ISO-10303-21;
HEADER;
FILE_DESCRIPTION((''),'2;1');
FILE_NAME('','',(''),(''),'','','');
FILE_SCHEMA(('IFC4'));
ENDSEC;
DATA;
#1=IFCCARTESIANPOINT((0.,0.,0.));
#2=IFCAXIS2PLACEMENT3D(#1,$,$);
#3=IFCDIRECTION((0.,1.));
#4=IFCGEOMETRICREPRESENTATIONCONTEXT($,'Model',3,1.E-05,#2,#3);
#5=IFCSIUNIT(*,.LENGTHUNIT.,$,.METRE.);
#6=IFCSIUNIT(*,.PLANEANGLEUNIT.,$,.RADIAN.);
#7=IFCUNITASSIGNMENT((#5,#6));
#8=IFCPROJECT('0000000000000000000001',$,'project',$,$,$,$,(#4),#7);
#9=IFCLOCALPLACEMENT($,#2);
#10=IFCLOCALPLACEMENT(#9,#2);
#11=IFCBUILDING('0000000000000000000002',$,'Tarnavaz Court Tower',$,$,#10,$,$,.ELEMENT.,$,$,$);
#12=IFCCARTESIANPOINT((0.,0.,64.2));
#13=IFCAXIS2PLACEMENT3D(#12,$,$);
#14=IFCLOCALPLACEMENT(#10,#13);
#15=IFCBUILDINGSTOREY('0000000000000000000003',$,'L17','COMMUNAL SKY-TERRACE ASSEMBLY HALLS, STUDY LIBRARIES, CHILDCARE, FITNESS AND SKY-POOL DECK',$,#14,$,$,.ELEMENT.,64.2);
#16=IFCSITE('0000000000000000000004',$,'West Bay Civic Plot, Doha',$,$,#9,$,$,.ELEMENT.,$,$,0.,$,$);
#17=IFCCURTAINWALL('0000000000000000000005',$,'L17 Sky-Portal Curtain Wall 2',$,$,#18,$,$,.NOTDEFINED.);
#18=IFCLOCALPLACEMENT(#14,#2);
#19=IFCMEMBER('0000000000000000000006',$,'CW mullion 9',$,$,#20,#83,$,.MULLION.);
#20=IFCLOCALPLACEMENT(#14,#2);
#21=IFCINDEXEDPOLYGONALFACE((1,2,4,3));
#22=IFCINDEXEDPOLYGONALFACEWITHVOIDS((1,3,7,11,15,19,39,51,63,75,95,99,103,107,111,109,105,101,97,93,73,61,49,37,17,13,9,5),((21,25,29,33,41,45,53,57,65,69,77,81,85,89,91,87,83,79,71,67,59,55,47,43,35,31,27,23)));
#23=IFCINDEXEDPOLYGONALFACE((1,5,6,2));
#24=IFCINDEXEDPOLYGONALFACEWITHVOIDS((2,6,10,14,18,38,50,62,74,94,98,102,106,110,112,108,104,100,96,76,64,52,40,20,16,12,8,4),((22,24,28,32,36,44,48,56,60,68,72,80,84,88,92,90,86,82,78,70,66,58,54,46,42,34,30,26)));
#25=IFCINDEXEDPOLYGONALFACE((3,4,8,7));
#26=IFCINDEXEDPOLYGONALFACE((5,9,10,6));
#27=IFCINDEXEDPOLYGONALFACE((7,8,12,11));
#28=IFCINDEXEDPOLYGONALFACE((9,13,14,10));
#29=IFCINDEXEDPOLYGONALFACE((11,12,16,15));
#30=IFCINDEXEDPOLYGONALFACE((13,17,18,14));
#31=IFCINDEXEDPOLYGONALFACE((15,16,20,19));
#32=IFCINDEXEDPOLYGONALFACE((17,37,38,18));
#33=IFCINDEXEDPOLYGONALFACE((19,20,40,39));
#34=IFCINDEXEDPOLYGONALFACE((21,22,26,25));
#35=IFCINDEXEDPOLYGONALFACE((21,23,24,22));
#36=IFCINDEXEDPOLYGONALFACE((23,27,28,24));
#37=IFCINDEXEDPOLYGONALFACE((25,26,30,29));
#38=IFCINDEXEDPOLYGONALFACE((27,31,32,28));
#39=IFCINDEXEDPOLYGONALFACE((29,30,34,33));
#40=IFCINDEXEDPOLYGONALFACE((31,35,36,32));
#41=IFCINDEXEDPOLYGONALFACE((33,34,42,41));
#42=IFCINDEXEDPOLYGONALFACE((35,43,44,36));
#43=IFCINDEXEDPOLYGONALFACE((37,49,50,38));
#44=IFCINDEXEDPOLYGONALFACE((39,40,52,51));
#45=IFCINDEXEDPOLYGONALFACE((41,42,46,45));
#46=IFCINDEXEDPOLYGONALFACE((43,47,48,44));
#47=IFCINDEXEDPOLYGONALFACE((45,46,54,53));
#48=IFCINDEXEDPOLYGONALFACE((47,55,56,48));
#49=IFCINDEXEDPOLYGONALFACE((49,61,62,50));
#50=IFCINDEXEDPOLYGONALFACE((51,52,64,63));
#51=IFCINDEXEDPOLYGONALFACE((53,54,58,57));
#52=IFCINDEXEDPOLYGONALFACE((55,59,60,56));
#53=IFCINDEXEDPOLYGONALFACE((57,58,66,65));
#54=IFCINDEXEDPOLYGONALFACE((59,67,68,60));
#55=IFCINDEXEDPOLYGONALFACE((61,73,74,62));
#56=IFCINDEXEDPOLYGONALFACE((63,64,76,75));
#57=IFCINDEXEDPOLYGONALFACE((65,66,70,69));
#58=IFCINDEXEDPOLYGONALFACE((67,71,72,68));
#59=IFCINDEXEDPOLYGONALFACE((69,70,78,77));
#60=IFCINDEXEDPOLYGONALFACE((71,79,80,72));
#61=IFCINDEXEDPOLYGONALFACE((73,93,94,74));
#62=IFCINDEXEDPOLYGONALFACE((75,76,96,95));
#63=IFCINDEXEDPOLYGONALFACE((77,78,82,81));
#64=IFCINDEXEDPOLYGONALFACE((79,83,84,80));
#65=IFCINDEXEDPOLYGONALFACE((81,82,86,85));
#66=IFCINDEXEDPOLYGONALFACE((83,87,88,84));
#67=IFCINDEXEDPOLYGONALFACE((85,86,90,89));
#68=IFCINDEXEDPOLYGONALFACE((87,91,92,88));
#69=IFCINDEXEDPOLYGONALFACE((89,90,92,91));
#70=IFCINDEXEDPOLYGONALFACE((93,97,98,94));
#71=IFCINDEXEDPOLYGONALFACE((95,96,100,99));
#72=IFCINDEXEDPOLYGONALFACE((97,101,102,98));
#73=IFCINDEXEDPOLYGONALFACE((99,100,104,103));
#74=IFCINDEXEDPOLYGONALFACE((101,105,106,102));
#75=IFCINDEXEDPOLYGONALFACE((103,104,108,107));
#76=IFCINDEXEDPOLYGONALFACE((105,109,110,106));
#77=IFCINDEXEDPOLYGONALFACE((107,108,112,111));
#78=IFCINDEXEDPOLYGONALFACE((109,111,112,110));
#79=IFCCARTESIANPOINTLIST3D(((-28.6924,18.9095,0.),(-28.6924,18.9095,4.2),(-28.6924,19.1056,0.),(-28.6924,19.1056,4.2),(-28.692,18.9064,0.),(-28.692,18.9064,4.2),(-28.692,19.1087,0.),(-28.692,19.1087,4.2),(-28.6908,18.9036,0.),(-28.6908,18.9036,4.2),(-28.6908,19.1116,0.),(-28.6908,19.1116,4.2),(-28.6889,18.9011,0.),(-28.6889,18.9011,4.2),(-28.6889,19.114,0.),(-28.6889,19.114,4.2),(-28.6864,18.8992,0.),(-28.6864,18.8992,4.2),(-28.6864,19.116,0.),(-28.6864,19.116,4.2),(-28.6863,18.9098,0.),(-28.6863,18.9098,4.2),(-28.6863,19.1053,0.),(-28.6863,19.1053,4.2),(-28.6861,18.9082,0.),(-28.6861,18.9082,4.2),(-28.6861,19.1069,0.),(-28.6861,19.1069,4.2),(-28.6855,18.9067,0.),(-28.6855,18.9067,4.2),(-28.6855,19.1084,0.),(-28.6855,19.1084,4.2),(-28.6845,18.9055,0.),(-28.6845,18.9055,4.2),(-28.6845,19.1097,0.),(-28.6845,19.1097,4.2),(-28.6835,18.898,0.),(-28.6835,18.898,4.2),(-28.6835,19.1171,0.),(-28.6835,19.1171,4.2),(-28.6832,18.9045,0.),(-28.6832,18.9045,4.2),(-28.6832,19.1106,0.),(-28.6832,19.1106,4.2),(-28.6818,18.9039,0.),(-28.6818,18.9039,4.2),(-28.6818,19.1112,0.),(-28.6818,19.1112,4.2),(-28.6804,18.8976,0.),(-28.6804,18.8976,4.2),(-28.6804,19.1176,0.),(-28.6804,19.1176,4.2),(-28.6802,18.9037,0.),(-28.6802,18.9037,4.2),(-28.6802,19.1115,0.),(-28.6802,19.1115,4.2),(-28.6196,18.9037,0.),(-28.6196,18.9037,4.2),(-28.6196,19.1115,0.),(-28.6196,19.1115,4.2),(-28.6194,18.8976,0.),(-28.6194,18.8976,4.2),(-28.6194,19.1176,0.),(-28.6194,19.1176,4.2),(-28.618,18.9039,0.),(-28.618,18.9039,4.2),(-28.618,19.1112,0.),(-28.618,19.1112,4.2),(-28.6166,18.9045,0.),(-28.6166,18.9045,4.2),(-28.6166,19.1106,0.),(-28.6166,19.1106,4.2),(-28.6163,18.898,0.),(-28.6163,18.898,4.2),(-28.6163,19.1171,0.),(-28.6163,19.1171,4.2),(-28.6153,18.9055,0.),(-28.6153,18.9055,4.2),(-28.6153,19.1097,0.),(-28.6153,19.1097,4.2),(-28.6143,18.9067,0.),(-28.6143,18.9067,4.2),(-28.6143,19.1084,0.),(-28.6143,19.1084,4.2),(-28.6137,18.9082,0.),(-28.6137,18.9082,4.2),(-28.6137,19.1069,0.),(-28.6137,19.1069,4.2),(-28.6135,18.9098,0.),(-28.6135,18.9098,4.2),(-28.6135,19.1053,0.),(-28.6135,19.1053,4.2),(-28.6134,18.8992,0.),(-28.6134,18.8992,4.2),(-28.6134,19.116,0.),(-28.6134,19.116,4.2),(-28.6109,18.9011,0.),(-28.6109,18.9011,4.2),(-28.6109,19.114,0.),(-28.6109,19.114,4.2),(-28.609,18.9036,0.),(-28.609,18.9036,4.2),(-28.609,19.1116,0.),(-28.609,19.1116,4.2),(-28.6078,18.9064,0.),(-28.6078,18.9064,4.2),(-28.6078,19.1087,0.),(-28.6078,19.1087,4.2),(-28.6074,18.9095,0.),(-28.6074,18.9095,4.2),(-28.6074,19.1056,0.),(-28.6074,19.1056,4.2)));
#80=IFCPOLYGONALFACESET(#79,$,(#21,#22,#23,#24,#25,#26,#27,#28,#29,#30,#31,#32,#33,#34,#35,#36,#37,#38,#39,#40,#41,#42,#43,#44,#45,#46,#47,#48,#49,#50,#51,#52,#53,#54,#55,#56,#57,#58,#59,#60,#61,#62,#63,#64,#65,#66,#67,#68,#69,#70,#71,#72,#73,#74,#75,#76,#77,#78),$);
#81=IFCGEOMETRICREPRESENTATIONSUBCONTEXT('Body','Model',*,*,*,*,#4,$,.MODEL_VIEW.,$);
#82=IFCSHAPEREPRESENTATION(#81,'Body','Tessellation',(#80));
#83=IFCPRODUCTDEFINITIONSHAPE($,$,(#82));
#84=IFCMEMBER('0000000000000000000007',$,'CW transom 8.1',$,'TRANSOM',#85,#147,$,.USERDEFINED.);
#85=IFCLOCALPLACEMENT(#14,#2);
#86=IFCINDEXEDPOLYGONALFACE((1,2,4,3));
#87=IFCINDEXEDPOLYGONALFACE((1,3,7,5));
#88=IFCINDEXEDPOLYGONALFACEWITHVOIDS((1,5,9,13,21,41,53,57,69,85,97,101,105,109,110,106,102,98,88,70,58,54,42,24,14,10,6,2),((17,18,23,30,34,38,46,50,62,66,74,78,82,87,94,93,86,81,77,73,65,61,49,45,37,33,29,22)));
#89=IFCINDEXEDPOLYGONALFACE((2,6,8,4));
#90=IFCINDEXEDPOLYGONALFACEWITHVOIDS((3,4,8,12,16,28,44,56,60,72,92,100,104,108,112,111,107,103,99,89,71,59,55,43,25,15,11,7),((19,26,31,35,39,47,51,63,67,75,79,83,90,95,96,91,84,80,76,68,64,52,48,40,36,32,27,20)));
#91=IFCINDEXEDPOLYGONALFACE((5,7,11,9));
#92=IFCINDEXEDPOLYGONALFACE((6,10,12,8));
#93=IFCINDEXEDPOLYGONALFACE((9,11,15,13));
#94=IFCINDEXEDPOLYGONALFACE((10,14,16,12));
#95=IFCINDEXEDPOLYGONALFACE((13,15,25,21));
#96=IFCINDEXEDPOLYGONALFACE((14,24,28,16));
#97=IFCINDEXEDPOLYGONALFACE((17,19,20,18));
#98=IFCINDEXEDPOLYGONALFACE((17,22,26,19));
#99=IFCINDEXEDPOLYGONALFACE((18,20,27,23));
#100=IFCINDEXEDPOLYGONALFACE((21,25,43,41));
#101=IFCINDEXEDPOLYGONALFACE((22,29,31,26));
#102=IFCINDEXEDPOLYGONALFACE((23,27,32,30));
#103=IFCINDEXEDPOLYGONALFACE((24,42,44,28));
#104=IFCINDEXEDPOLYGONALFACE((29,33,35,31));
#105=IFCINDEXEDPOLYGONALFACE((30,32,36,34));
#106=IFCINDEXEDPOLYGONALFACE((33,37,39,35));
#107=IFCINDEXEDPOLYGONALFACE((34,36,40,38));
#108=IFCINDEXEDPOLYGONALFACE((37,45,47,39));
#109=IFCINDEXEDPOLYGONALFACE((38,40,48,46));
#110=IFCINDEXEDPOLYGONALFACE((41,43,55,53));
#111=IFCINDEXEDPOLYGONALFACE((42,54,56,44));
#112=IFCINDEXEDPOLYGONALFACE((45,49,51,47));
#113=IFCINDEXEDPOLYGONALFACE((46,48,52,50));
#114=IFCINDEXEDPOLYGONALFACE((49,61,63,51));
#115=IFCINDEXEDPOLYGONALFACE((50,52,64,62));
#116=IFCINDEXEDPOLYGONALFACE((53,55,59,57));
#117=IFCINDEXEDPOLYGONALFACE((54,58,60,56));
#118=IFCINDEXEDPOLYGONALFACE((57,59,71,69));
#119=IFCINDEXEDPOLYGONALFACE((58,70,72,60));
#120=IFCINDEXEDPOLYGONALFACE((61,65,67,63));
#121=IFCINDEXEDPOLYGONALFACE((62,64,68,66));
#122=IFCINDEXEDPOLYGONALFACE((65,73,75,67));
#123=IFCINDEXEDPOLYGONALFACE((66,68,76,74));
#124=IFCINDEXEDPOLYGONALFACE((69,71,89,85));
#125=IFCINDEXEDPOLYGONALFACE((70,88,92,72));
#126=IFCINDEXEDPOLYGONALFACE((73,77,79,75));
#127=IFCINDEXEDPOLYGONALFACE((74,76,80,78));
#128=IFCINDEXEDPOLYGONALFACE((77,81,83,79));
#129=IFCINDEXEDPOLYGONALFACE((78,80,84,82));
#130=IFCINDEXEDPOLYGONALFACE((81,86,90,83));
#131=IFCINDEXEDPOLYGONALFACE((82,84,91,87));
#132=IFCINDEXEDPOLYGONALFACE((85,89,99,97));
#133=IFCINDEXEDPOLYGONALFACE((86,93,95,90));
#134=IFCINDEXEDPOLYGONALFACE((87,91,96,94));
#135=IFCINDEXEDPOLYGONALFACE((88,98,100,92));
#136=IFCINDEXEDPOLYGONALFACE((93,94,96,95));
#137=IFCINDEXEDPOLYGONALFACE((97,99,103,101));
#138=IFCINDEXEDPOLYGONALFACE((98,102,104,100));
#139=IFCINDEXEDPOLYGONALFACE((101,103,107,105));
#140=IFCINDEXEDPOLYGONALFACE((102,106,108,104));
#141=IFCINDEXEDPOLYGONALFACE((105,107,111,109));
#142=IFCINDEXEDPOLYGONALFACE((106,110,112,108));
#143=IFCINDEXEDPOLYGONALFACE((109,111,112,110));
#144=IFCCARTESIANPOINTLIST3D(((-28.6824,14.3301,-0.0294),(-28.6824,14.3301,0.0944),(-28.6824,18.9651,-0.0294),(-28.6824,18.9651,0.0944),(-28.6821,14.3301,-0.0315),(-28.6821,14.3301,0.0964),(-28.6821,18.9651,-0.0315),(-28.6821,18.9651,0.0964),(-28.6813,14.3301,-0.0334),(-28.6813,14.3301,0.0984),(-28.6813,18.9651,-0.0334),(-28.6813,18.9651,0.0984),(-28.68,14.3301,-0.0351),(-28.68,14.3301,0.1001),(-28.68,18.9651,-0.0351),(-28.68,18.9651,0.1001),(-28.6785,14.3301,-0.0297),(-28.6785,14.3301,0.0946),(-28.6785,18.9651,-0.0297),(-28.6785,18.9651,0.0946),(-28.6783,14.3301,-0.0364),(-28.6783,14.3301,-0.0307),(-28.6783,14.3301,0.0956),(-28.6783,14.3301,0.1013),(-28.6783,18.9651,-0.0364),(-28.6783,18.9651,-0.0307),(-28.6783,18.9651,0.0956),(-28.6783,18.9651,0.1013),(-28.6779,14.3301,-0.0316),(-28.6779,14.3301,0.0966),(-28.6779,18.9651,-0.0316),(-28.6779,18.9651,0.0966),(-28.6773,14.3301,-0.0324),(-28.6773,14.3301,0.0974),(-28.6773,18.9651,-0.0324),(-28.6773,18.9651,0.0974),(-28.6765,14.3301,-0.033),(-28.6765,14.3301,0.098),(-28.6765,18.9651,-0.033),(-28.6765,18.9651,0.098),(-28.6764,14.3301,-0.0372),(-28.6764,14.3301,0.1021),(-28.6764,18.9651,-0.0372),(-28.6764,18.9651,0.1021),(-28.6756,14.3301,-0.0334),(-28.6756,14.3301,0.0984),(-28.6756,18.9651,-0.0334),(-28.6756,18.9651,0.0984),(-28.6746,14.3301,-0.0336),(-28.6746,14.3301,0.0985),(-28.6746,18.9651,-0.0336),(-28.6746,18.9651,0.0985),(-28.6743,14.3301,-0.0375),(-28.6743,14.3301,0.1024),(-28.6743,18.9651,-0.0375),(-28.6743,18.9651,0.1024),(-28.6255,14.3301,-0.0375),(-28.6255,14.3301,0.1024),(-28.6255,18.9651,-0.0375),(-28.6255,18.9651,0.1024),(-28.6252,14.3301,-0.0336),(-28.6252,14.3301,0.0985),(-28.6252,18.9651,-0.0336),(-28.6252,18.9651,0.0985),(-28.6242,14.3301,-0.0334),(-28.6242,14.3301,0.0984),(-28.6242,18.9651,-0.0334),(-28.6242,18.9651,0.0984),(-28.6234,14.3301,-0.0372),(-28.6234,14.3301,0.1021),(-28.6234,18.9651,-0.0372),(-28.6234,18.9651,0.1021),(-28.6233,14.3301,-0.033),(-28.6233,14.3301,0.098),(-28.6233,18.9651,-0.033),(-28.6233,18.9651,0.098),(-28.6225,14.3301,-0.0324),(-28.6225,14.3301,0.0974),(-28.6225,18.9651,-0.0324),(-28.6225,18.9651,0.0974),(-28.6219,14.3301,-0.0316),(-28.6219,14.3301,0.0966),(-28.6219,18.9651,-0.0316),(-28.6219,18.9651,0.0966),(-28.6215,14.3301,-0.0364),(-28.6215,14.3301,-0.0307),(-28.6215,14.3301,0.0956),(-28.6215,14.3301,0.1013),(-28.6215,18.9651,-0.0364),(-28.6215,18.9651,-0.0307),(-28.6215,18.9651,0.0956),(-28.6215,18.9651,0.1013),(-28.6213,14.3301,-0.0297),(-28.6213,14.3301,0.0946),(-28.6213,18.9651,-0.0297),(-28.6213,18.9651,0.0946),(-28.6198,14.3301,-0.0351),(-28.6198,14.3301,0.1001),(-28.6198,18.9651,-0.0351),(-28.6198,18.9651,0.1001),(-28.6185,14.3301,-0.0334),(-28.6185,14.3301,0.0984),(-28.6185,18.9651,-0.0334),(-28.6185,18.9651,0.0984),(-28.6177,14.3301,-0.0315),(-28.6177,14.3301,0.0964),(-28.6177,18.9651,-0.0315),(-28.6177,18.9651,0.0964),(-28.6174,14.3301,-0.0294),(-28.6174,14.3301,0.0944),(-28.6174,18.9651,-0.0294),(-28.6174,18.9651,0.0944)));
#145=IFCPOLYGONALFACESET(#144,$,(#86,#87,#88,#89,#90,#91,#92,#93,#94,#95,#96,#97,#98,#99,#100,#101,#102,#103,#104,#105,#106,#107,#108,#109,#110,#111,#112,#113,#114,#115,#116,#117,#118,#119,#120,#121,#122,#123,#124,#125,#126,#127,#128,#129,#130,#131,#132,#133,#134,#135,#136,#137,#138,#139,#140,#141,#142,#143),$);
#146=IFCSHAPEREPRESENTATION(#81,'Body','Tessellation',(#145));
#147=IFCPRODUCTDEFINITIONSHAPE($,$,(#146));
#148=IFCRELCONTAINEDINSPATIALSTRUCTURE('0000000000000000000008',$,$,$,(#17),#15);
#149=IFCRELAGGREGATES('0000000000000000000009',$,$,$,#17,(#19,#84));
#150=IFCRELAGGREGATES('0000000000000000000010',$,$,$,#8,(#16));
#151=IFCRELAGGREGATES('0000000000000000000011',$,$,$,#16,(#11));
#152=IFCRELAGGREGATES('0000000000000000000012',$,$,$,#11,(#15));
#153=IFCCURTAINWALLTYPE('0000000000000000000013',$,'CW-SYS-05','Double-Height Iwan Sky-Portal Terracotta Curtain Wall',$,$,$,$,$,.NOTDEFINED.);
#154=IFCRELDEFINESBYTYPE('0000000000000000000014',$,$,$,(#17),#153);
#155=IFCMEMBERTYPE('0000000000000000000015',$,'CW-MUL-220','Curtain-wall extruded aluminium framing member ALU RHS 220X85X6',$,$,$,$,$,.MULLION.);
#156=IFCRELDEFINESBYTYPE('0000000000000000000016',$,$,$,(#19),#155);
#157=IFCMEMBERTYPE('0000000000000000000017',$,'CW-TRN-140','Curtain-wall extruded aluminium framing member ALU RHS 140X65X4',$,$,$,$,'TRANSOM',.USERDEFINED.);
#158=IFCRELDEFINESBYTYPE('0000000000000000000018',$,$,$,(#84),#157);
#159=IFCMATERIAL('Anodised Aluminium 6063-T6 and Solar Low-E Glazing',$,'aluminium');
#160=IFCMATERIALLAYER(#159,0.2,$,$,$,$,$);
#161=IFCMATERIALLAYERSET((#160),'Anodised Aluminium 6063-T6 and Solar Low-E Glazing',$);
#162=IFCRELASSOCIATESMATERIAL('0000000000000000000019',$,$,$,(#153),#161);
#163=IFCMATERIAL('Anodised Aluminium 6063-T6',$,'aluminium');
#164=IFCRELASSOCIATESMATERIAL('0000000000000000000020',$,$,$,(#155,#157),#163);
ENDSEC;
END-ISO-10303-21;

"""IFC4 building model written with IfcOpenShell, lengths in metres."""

from ifc_helpers import new_model, si_unit, direction, frame, origin, origin_2d, place, context, subcontext, project, spatial, hollow_rectangle, extrude, material, layer, layer_set, material_profile, profile_set, type_object, element, aggregate, save


model = new_model("IFC4")

# Units and contexts
model_context = context("Model", 3, precision=1e-05, world=origin(), true_north=direction((0.0, 1.0)))
body_context = subcontext(model_context, "Body", "Model", "MODEL_VIEW")
ifc_project = project(units=[si_unit("LENGTHUNIT", "METRE"), si_unit("PLANEANGLEUNIT", "RADIAN")], contexts=[model_context])

# Site, building, storey
site_placement = place(None, origin())
site = spatial("IfcSite", under=ifc_project, at=site_placement, Name="West Bay Civic Plot, Doha", CompositionType="ELEMENT", RefElevation=0.0)
building_placement = place(site_placement, origin())
building = spatial("IfcBuilding", under=site, at=building_placement, Name="Tarnavaz Court Tower", CompositionType="ELEMENT")
storey_placement = place(building_placement, frame((0.0, 0.0, 64.2)))
storey = spatial("IfcBuildingStorey", under=building, at=storey_placement, Name="L17", Description="COMMUNAL SKY-TERRACE ASSEMBLY HALLS, STUDY LIBRARIES, CHILDCARE, FITNESS AND SKY-POOL DECK", CompositionType="ELEMENT", Elevation=64.2)

# Curtain wall, members
ifc_material_1 = material(Name="Anodised Aluminium 6063-T6 and Solar Low-E Glazing", Category="aluminium")
ifc_layer_1 = layer(ifc_material_1, 0.2)
ifc_layer_set_1 = layer_set([ifc_layer_1], Name="Anodised Aluminium 6063-T6 and Solar Low-E Glazing")
curtain_wall_type = type_object("IfcCurtainWallType", Name="CW-SYS-05", Description="Double-Height Iwan Sky-Portal Terracotta Curtain Wall", PredefinedType="NOTDEFINED", material=ifc_layer_set_1)
curtain_wall_placement = place(storey_placement, origin())
curtain_wall = element("IfcCurtainWall", 1, at=curtain_wall_placement, inside=storey, type_object=curtain_wall_type, Name="L17 Sky-Portal Curtain Wall 2", PredefinedType="NOTDEFINED")
ifc_material_2 = material(Name="Anodised Aluminium 6063-T6", Category="aluminium")
ifc_material_profile_1 = material_profile(ifc_material_2, hollow_rectangle(XDim=0.085, YDim=0.22, WallThickness=0.0061, InnerFilletRadius=0.0061, OuterFilletRadius=0.012, at=origin_2d()), Name="ALU RHS 220X85X6")
ifc_profile_set_1 = profile_set([ifc_material_profile_1], Name="Anodised Aluminium 6063-T6")
member_type_1 = type_object("IfcMemberType", Name="CW-MUL-220", Description="Curtain-wall extruded aluminium framing member ALU RHS 220X85X6", PredefinedType="MULLION", material=ifc_profile_set_1)
member_1_placement = place(storey_placement, frame((-28.6499, 19.0076, 0.0), z_axis=(0.0, 0.0, 1.0), x_axis=(-1.0, 0.0, 0.0)))
member_1 = element("IfcMember", 2, at=member_1_placement, type_object=member_type_1, Name="CW mullion 9", PredefinedType="MULLION", context=body_context, shape_type="SweptSolid", body=[
    extrude(hollow_rectangle(XDim=0.085, YDim=0.22, WallThickness=0.0061, InnerFilletRadius=0.0061, OuterFilletRadius=0.012, at=origin_2d()), origin(), (0.0, 0.0, 1.0), 4.2),
])
ifc_material_profile_2 = material_profile(ifc_material_2, hollow_rectangle(XDim=0.0649, YDim=0.1399, WallThickness=0.0039, InnerFilletRadius=0.0039, OuterFilletRadius=0.0081, at=origin_2d()), Name="ALU RHS 140X65X4")
ifc_profile_set_2 = profile_set([ifc_material_profile_2], Name="Anodised Aluminium 6063-T6")
member_type_2 = type_object("IfcMemberType", Name="CW-TRN-140", Description="Curtain-wall extruded aluminium framing member ALU RHS 140X65X4", ElementType="TRANSOM", PredefinedType="USERDEFINED", material=ifc_profile_set_2)
member_2_placement = place(storey_placement, frame((-28.6499, 14.3301, 0.0325), z_axis=(0.0, 1.0, 0.0), x_axis=(-1.0, 0.0, 0.0)))
member_2 = element("IfcMember", 3, at=member_2_placement, type_object=member_type_2, Name="CW transom 8.1", ObjectType="TRANSOM", PredefinedType="USERDEFINED", context=body_context, shape_type="SweptSolid", body=[
    extrude(hollow_rectangle(XDim=0.0649, YDim=0.1399, WallThickness=0.0039, InnerFilletRadius=0.0039, OuterFilletRadius=0.0081, at=origin_2d()), origin(), (0.0, 0.0, 1.0), 4.635),
])
aggregate(curtain_wall, [member_1, member_2])

save(model, "model.ifc")
